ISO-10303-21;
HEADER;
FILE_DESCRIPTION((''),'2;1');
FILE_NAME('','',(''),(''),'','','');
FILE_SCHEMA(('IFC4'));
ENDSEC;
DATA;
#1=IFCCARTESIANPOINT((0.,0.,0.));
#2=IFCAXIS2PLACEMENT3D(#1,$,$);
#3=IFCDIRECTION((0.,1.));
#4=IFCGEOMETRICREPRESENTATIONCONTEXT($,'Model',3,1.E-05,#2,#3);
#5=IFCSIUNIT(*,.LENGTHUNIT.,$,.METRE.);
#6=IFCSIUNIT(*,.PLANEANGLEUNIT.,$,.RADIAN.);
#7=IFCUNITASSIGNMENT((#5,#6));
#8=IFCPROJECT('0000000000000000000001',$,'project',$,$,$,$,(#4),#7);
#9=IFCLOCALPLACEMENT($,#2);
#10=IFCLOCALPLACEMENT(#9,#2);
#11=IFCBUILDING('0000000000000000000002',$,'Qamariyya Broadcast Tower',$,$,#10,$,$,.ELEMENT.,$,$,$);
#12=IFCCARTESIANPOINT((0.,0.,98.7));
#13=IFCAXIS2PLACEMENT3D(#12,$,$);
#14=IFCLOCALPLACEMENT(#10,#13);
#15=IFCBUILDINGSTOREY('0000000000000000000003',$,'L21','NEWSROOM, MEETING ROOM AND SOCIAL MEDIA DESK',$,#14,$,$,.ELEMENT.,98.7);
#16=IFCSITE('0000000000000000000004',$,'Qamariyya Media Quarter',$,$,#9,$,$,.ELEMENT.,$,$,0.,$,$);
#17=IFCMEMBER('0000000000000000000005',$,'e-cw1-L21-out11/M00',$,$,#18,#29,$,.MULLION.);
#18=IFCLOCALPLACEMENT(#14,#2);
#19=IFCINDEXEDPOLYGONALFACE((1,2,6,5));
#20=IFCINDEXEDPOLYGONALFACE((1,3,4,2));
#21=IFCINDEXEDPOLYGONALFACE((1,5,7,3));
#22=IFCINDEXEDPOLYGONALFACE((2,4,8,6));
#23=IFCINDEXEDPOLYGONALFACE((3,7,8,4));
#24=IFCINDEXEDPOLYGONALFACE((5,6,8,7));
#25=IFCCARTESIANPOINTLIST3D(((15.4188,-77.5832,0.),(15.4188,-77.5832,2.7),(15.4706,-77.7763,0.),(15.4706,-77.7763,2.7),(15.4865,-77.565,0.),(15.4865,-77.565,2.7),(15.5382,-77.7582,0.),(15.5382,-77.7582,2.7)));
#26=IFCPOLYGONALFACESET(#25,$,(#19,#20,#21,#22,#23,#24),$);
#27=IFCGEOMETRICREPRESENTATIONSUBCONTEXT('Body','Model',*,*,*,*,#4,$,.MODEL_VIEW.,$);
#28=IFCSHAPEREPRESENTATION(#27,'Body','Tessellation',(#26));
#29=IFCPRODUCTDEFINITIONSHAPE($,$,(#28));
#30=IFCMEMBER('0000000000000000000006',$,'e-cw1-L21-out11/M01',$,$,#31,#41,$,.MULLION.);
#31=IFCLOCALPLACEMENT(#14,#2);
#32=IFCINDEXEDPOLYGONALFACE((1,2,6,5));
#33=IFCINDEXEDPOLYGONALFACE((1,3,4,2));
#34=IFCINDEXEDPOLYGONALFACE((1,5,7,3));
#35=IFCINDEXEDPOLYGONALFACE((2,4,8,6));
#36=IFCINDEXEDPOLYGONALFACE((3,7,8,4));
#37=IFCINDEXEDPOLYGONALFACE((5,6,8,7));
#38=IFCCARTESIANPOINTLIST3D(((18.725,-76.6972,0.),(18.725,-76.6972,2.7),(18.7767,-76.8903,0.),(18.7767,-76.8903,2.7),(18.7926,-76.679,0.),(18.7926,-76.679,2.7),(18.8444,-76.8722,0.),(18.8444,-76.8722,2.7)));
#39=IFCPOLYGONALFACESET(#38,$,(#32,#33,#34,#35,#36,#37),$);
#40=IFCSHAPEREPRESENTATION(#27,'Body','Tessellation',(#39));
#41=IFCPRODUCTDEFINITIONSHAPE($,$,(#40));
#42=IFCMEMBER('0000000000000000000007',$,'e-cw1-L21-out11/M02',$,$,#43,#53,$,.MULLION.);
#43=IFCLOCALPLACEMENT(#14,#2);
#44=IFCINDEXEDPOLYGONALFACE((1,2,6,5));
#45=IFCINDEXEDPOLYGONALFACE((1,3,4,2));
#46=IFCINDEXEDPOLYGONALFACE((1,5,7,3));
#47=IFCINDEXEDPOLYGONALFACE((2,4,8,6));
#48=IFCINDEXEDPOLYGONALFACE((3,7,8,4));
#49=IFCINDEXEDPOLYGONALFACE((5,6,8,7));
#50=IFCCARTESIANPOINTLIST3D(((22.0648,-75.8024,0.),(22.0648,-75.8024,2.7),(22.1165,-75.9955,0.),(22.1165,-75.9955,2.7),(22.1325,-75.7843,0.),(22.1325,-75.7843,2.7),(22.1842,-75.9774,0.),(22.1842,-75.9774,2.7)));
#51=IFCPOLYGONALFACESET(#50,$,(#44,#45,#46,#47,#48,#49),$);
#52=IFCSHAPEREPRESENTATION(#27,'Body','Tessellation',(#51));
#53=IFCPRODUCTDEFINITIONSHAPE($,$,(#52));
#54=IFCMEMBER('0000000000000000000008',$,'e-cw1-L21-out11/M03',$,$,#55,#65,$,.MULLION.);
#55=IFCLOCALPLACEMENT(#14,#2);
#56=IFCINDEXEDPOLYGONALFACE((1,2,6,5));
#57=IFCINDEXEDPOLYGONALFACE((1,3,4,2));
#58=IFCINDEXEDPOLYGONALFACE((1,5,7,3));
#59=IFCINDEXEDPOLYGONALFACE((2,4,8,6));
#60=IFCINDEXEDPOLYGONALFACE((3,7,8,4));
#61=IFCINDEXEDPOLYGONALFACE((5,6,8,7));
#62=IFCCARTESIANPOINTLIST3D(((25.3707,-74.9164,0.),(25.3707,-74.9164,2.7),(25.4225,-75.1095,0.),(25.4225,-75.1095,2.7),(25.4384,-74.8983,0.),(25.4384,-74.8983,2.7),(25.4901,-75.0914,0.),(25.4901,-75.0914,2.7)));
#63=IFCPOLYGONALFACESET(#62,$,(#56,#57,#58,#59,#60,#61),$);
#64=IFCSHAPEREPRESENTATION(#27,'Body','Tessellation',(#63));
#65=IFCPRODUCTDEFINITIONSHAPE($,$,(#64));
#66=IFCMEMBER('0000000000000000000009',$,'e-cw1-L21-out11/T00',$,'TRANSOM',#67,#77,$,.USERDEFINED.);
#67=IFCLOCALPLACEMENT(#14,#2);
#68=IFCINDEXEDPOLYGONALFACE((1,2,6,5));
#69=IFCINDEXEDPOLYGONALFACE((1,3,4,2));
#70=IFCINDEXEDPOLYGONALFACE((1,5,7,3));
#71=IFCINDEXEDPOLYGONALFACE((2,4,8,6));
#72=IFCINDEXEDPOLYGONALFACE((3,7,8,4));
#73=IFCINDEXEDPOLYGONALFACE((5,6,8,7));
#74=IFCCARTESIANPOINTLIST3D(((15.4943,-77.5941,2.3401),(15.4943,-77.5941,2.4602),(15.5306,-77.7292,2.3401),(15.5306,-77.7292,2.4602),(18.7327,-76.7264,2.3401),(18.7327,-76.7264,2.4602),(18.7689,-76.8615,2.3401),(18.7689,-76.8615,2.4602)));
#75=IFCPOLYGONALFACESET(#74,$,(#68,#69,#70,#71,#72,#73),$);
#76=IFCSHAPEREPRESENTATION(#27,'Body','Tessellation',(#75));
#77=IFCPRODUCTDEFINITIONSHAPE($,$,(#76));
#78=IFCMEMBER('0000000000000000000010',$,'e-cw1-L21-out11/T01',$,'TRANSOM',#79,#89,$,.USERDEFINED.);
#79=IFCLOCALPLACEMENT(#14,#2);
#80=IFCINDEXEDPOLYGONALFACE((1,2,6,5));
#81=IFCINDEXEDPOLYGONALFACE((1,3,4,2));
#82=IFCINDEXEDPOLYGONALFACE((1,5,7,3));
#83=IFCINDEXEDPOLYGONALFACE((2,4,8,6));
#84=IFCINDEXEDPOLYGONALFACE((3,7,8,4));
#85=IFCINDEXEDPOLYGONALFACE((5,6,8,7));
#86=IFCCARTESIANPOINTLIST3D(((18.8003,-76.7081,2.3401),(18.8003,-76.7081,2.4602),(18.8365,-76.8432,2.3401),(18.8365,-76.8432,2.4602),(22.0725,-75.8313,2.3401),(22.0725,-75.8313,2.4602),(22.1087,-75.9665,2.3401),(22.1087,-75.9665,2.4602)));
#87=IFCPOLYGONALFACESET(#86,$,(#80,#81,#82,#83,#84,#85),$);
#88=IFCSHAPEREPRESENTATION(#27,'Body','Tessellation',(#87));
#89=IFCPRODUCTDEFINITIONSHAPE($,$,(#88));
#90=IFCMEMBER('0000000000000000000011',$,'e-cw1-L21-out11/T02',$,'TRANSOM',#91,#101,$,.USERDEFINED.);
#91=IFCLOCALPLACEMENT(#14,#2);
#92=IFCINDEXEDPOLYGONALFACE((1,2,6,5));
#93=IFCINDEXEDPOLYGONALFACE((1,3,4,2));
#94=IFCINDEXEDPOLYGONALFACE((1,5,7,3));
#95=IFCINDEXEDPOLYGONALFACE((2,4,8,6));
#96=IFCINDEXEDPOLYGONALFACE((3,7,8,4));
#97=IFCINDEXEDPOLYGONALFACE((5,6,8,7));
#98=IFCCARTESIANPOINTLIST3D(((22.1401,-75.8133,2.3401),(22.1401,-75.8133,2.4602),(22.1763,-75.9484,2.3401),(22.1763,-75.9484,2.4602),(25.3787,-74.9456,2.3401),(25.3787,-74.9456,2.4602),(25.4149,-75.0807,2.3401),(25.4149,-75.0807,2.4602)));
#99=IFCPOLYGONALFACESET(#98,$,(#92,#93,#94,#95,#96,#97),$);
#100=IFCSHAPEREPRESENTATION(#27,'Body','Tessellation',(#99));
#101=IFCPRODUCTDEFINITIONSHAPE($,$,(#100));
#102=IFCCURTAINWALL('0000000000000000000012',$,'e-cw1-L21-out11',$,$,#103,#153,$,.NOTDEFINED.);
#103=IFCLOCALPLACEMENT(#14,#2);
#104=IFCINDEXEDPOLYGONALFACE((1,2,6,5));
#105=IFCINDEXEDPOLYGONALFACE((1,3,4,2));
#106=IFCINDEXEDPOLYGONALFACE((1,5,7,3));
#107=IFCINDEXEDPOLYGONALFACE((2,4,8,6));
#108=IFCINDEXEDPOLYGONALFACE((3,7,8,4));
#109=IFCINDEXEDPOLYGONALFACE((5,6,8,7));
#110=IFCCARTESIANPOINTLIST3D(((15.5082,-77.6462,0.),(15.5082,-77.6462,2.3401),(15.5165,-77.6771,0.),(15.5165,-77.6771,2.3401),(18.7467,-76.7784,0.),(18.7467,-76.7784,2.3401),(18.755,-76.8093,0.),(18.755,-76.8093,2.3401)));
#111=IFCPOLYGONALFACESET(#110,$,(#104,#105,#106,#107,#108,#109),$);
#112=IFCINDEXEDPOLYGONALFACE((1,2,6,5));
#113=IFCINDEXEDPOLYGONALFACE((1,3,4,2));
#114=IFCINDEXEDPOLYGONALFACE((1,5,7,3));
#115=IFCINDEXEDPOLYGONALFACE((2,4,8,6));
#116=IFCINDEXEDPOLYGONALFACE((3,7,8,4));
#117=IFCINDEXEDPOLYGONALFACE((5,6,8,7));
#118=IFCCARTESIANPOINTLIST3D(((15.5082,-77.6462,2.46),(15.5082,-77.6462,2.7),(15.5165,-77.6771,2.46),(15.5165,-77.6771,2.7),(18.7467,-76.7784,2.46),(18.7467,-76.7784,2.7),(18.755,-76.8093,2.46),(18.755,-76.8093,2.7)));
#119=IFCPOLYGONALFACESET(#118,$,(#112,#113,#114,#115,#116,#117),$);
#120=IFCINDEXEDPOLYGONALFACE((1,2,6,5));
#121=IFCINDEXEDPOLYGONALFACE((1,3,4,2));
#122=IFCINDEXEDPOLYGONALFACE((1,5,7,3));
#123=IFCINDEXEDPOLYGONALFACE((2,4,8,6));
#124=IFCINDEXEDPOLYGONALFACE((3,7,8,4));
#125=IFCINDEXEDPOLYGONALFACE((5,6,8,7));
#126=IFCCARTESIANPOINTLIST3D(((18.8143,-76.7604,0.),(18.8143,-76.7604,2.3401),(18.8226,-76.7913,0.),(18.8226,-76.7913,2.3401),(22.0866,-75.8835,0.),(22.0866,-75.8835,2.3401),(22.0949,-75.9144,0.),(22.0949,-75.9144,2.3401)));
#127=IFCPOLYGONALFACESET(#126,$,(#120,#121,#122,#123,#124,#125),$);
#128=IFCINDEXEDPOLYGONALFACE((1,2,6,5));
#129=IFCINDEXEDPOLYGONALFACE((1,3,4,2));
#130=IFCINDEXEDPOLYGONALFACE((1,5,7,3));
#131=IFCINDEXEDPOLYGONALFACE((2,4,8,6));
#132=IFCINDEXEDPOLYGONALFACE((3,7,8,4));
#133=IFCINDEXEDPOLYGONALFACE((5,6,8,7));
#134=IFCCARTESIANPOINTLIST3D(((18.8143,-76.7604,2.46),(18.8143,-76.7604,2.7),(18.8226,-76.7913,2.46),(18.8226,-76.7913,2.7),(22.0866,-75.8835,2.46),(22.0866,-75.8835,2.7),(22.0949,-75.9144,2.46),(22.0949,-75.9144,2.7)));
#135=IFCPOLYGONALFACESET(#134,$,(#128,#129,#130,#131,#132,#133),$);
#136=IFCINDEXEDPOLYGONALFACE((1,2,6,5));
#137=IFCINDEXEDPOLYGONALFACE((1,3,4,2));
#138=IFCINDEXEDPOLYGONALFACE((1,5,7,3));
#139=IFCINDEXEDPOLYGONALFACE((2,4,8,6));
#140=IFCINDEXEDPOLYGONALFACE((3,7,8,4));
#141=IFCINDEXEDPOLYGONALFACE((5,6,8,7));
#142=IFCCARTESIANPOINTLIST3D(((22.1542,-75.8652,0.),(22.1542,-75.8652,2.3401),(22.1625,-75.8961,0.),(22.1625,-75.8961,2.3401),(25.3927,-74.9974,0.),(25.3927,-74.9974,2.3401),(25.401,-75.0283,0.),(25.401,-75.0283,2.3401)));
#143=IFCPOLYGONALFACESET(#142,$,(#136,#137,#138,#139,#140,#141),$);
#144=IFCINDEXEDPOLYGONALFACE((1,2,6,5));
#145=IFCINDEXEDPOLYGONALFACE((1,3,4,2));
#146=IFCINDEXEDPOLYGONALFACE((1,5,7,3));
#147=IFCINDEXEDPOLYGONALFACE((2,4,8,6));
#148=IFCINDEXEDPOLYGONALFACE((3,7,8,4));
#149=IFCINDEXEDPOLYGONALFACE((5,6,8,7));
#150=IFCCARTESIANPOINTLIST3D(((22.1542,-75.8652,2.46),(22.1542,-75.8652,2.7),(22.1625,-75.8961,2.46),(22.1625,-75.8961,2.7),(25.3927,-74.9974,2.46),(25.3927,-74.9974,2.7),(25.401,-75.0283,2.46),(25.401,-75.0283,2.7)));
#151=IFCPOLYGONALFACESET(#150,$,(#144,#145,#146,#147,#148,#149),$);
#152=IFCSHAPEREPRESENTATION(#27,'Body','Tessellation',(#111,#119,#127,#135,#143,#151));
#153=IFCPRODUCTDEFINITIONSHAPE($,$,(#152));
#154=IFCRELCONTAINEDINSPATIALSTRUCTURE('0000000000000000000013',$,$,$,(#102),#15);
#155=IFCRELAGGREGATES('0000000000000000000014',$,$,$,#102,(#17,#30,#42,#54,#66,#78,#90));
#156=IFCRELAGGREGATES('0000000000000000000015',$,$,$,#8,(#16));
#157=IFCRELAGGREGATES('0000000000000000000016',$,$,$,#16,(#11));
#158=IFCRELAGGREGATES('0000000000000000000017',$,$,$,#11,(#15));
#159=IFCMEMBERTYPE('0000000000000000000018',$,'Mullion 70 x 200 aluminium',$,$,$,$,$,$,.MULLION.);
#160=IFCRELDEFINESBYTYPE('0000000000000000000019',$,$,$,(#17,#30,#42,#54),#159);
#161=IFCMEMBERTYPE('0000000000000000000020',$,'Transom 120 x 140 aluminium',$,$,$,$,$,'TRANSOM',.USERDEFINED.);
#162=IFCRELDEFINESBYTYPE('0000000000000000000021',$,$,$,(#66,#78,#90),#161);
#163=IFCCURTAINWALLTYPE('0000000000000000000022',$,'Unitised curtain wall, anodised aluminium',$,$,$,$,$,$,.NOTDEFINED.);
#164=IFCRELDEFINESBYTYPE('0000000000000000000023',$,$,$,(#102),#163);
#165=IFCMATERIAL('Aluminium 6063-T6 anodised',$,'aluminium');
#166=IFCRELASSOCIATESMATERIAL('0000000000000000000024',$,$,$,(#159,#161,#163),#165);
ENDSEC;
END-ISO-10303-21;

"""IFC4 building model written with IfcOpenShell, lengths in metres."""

from ifc_helpers import new_model, si_unit, direction, frame, origin, origin_2d, place, context, subcontext, project, spatial, rectangle, extrude, material, material_profile, profile_set, type_object, element, aggregate, save


model = new_model("IFC4")

# Units and contexts
model_context = context("Model", 3, precision=1e-05, world=origin(), true_north=direction((0.0, 1.0)))
body_context = subcontext(model_context, "Body", "Model", "MODEL_VIEW")
ifc_project = project(units=[si_unit("LENGTHUNIT", "METRE"), si_unit("PLANEANGLEUNIT", "RADIAN")], contexts=[model_context])

# Members
ifc_material = material(Name="Aluminium 6063-T6 anodised", Category="aluminium")
ifc_material_profile_1 = material_profile(ifc_material, rectangle(XDim=0.2, YDim=0.0701, at=origin_2d()))
ifc_profile_set_1 = profile_set([ifc_material_profile_1], Name="Aluminium 6063-T6 anodised")
member_type_1 = type_object("IfcMemberType", Name="Mullion 70 x 200 aluminium", PredefinedType="MULLION", material=ifc_profile_set_1)
site_placement = place(None, origin())
building_placement = place(site_placement, origin())
storey_placement = place(building_placement, frame((0.0, 0.0, 98.7)))
member_1_placement = place(storey_placement, frame((15.4785, -77.6707, 0.0), z_axis=(0.0, 0.0, 1.0), x_axis=(-0.258819, 0.965926, 0.0)))
member_1 = element("IfcMember", 1, at=member_1_placement, type_object=member_type_1, Name="e-cw1-L21-out11/M00", PredefinedType="MULLION", context=body_context, shape_type="SweptSolid", body=[
    extrude(rectangle(XDim=0.2, YDim=0.0701, at=origin_2d()), origin(), (0.0, 0.0, 1.0), 2.7),
])
member_2_placement = place(storey_placement, frame((18.7847, -76.7847, 0.0), z_axis=(0.0, 0.0, 1.0), x_axis=(-0.258819, 0.965926, 0.0)))
member_2 = element("IfcMember", 2, at=member_2_placement, type_object=member_type_1, Name="e-cw1-L21-out11/M01", PredefinedType="MULLION", context=body_context, shape_type="SweptSolid", body=[
    extrude(rectangle(XDim=0.2, YDim=0.0701, at=origin_2d()), origin(), (0.0, 0.0, 1.0), 2.7),
])
member_3_placement = place(storey_placement, frame((22.1245, -75.8899, 0.0), z_axis=(0.0, 0.0, 1.0), x_axis=(-0.258819, 0.965926, 0.0)))
member_3 = element("IfcMember", 3, at=member_3_placement, type_object=member_type_1, Name="e-cw1-L21-out11/M02", PredefinedType="MULLION", context=body_context, shape_type="SweptSolid", body=[
    extrude(rectangle(XDim=0.2, YDim=0.0701, at=origin_2d()), origin(), (0.0, 0.0, 1.0), 2.7),
])
member_4_placement = place(storey_placement, frame((25.4304, -75.0039, 0.0), z_axis=(0.0, 0.0, 1.0), x_axis=(-0.258819, 0.965926, 0.0)))
member_4 = element("IfcMember", 4, at=member_4_placement, type_object=member_type_1, Name="e-cw1-L21-out11/M03", PredefinedType="MULLION", context=body_context, shape_type="SweptSolid", body=[
    extrude(rectangle(XDim=0.2, YDim=0.0701, at=origin_2d()), origin(), (0.0, 0.0, 1.0), 2.7),
])
ifc_material_profile_2 = material_profile(ifc_material, rectangle(XDim=0.1399, YDim=0.1201, at=origin_2d()))
ifc_profile_set_2 = profile_set([ifc_material_profile_2], Name="Aluminium 6063-T6 anodised")
member_type_2 = type_object("IfcMemberType", Name="Transom 120 x 140 aluminium", ElementType="TRANSOM", PredefinedType="USERDEFINED", material=ifc_profile_set_2)
member_5_placement = place(storey_placement, frame((15.5125, -77.6616, 2.4001), z_axis=(0.965927, 0.258814, 0.0), x_axis=(-0.258814, 0.965927, 0.0)))
member_5 = element("IfcMember", 5, at=member_5_placement, type_object=member_type_2, Name="e-cw1-L21-out11/T00", ObjectType="TRANSOM", PredefinedType="USERDEFINED", context=body_context, shape_type="SweptSolid", body=[
    extrude(rectangle(XDim=0.1399, YDim=0.1201, at=origin_2d()), origin(), (0.0, 0.0, 1.0), 3.3525),
])
member_6_placement = place(storey_placement, frame((18.8184, -76.7756, 2.4001), z_axis=(0.965932, 0.258797, 0.0), x_axis=(-0.258797, 0.965932, 0.0)))
member_6 = element("IfcMember", 6, at=member_6_placement, type_object=member_type_2, Name="e-cw1-L21-out11/T01", ObjectType="TRANSOM", PredefinedType="USERDEFINED", context=body_context, shape_type="SweptSolid", body=[
    extrude(rectangle(XDim=0.1399, YDim=0.1201, at=origin_2d()), origin(), (0.0, 0.0, 1.0), 3.3877),
])
member_7_placement = place(storey_placement, frame((22.1582, -75.8809, 2.4001), z_axis=(0.965932, 0.258796, 0.0), x_axis=(-0.258796, 0.965932, 0.0)))
member_7 = element("IfcMember", 7, at=member_7_placement, type_object=member_type_2, Name="e-cw1-L21-out11/T02", ObjectType="TRANSOM", PredefinedType="USERDEFINED", context=body_context, shape_type="SweptSolid", body=[
    extrude(rectangle(XDim=0.1399, YDim=0.1201, at=origin_2d()), origin(), (0.0, 0.0, 1.0), 3.3528),
])

# Site, building, storey
site = spatial("IfcSite", under=ifc_project, at=site_placement, Name="Qamariyya Media Quarter", CompositionType="ELEMENT", RefElevation=0.0)
building = spatial("IfcBuilding", under=site, at=building_placement, Name="Qamariyya Broadcast Tower", CompositionType="ELEMENT")
storey = spatial("IfcBuildingStorey", under=building, at=storey_placement, Name="L21", Description="NEWSROOM, MEETING ROOM AND SOCIAL MEDIA DESK", CompositionType="ELEMENT", Elevation=98.7)

# Curtain wall
curtain_wall_type = type_object("IfcCurtainWallType", Name="Unitised curtain wall, anodised aluminium", PredefinedType="NOTDEFINED", material=ifc_material)
curtain_wall_1_placement = place(storey_placement, origin())
curtain_wall_1 = element("IfcCurtainWall", 8, at=curtain_wall_1_placement, inside=storey, type_object=curtain_wall_type, Name="e-cw1-L21-out11", PredefinedType="NOTDEFINED", context=body_context, shape_type="SweptSolid", body=[
    extrude(rectangle(XDim=3.3528, YDim=0.032, at=origin_2d()), frame((17.1316, -77.2278, 0.0), x_axis=(0.965924, 0.258827, 0.0)), (0.0, 0.0, 1.0), 2.3401),
    extrude(rectangle(XDim=3.3528, YDim=0.032, at=origin_2d()), frame((17.1316, -77.2278, 2.46), x_axis=(0.965924, 0.258827, 0.0)), (0.0, 0.0, 1.0), 0.24),
    extrude(rectangle(XDim=3.3877, YDim=0.032, at=origin_2d()), frame((20.4546, -76.3374, 0.0), x_axis=(0.965924, 0.258827, 0.0)), (0.0, 0.0, 1.0), 2.3401),
    extrude(rectangle(XDim=3.3877, YDim=0.032, at=origin_2d()), frame((20.4546, -76.3374, 2.46), x_axis=(0.965924, 0.258827, 0.0)), (0.0, 0.0, 1.0), 0.24),
    extrude(rectangle(XDim=3.3528, YDim=0.032, at=origin_2d()), frame((23.7776, -75.4468, 0.0), x_axis=(0.965924, 0.258827, 0.0)), (0.0, 0.0, 1.0), 2.3401),
    extrude(rectangle(XDim=3.3528, YDim=0.032, at=origin_2d()), frame((23.7776, -75.4468, 2.46), x_axis=(0.965924, 0.258827, 0.0)), (0.0, 0.0, 1.0), 0.24),
])
aggregate(curtain_wall_1, [member_1, member_2, member_3, member_4, member_5, member_6, member_7])

save(model, "model.ifc")
